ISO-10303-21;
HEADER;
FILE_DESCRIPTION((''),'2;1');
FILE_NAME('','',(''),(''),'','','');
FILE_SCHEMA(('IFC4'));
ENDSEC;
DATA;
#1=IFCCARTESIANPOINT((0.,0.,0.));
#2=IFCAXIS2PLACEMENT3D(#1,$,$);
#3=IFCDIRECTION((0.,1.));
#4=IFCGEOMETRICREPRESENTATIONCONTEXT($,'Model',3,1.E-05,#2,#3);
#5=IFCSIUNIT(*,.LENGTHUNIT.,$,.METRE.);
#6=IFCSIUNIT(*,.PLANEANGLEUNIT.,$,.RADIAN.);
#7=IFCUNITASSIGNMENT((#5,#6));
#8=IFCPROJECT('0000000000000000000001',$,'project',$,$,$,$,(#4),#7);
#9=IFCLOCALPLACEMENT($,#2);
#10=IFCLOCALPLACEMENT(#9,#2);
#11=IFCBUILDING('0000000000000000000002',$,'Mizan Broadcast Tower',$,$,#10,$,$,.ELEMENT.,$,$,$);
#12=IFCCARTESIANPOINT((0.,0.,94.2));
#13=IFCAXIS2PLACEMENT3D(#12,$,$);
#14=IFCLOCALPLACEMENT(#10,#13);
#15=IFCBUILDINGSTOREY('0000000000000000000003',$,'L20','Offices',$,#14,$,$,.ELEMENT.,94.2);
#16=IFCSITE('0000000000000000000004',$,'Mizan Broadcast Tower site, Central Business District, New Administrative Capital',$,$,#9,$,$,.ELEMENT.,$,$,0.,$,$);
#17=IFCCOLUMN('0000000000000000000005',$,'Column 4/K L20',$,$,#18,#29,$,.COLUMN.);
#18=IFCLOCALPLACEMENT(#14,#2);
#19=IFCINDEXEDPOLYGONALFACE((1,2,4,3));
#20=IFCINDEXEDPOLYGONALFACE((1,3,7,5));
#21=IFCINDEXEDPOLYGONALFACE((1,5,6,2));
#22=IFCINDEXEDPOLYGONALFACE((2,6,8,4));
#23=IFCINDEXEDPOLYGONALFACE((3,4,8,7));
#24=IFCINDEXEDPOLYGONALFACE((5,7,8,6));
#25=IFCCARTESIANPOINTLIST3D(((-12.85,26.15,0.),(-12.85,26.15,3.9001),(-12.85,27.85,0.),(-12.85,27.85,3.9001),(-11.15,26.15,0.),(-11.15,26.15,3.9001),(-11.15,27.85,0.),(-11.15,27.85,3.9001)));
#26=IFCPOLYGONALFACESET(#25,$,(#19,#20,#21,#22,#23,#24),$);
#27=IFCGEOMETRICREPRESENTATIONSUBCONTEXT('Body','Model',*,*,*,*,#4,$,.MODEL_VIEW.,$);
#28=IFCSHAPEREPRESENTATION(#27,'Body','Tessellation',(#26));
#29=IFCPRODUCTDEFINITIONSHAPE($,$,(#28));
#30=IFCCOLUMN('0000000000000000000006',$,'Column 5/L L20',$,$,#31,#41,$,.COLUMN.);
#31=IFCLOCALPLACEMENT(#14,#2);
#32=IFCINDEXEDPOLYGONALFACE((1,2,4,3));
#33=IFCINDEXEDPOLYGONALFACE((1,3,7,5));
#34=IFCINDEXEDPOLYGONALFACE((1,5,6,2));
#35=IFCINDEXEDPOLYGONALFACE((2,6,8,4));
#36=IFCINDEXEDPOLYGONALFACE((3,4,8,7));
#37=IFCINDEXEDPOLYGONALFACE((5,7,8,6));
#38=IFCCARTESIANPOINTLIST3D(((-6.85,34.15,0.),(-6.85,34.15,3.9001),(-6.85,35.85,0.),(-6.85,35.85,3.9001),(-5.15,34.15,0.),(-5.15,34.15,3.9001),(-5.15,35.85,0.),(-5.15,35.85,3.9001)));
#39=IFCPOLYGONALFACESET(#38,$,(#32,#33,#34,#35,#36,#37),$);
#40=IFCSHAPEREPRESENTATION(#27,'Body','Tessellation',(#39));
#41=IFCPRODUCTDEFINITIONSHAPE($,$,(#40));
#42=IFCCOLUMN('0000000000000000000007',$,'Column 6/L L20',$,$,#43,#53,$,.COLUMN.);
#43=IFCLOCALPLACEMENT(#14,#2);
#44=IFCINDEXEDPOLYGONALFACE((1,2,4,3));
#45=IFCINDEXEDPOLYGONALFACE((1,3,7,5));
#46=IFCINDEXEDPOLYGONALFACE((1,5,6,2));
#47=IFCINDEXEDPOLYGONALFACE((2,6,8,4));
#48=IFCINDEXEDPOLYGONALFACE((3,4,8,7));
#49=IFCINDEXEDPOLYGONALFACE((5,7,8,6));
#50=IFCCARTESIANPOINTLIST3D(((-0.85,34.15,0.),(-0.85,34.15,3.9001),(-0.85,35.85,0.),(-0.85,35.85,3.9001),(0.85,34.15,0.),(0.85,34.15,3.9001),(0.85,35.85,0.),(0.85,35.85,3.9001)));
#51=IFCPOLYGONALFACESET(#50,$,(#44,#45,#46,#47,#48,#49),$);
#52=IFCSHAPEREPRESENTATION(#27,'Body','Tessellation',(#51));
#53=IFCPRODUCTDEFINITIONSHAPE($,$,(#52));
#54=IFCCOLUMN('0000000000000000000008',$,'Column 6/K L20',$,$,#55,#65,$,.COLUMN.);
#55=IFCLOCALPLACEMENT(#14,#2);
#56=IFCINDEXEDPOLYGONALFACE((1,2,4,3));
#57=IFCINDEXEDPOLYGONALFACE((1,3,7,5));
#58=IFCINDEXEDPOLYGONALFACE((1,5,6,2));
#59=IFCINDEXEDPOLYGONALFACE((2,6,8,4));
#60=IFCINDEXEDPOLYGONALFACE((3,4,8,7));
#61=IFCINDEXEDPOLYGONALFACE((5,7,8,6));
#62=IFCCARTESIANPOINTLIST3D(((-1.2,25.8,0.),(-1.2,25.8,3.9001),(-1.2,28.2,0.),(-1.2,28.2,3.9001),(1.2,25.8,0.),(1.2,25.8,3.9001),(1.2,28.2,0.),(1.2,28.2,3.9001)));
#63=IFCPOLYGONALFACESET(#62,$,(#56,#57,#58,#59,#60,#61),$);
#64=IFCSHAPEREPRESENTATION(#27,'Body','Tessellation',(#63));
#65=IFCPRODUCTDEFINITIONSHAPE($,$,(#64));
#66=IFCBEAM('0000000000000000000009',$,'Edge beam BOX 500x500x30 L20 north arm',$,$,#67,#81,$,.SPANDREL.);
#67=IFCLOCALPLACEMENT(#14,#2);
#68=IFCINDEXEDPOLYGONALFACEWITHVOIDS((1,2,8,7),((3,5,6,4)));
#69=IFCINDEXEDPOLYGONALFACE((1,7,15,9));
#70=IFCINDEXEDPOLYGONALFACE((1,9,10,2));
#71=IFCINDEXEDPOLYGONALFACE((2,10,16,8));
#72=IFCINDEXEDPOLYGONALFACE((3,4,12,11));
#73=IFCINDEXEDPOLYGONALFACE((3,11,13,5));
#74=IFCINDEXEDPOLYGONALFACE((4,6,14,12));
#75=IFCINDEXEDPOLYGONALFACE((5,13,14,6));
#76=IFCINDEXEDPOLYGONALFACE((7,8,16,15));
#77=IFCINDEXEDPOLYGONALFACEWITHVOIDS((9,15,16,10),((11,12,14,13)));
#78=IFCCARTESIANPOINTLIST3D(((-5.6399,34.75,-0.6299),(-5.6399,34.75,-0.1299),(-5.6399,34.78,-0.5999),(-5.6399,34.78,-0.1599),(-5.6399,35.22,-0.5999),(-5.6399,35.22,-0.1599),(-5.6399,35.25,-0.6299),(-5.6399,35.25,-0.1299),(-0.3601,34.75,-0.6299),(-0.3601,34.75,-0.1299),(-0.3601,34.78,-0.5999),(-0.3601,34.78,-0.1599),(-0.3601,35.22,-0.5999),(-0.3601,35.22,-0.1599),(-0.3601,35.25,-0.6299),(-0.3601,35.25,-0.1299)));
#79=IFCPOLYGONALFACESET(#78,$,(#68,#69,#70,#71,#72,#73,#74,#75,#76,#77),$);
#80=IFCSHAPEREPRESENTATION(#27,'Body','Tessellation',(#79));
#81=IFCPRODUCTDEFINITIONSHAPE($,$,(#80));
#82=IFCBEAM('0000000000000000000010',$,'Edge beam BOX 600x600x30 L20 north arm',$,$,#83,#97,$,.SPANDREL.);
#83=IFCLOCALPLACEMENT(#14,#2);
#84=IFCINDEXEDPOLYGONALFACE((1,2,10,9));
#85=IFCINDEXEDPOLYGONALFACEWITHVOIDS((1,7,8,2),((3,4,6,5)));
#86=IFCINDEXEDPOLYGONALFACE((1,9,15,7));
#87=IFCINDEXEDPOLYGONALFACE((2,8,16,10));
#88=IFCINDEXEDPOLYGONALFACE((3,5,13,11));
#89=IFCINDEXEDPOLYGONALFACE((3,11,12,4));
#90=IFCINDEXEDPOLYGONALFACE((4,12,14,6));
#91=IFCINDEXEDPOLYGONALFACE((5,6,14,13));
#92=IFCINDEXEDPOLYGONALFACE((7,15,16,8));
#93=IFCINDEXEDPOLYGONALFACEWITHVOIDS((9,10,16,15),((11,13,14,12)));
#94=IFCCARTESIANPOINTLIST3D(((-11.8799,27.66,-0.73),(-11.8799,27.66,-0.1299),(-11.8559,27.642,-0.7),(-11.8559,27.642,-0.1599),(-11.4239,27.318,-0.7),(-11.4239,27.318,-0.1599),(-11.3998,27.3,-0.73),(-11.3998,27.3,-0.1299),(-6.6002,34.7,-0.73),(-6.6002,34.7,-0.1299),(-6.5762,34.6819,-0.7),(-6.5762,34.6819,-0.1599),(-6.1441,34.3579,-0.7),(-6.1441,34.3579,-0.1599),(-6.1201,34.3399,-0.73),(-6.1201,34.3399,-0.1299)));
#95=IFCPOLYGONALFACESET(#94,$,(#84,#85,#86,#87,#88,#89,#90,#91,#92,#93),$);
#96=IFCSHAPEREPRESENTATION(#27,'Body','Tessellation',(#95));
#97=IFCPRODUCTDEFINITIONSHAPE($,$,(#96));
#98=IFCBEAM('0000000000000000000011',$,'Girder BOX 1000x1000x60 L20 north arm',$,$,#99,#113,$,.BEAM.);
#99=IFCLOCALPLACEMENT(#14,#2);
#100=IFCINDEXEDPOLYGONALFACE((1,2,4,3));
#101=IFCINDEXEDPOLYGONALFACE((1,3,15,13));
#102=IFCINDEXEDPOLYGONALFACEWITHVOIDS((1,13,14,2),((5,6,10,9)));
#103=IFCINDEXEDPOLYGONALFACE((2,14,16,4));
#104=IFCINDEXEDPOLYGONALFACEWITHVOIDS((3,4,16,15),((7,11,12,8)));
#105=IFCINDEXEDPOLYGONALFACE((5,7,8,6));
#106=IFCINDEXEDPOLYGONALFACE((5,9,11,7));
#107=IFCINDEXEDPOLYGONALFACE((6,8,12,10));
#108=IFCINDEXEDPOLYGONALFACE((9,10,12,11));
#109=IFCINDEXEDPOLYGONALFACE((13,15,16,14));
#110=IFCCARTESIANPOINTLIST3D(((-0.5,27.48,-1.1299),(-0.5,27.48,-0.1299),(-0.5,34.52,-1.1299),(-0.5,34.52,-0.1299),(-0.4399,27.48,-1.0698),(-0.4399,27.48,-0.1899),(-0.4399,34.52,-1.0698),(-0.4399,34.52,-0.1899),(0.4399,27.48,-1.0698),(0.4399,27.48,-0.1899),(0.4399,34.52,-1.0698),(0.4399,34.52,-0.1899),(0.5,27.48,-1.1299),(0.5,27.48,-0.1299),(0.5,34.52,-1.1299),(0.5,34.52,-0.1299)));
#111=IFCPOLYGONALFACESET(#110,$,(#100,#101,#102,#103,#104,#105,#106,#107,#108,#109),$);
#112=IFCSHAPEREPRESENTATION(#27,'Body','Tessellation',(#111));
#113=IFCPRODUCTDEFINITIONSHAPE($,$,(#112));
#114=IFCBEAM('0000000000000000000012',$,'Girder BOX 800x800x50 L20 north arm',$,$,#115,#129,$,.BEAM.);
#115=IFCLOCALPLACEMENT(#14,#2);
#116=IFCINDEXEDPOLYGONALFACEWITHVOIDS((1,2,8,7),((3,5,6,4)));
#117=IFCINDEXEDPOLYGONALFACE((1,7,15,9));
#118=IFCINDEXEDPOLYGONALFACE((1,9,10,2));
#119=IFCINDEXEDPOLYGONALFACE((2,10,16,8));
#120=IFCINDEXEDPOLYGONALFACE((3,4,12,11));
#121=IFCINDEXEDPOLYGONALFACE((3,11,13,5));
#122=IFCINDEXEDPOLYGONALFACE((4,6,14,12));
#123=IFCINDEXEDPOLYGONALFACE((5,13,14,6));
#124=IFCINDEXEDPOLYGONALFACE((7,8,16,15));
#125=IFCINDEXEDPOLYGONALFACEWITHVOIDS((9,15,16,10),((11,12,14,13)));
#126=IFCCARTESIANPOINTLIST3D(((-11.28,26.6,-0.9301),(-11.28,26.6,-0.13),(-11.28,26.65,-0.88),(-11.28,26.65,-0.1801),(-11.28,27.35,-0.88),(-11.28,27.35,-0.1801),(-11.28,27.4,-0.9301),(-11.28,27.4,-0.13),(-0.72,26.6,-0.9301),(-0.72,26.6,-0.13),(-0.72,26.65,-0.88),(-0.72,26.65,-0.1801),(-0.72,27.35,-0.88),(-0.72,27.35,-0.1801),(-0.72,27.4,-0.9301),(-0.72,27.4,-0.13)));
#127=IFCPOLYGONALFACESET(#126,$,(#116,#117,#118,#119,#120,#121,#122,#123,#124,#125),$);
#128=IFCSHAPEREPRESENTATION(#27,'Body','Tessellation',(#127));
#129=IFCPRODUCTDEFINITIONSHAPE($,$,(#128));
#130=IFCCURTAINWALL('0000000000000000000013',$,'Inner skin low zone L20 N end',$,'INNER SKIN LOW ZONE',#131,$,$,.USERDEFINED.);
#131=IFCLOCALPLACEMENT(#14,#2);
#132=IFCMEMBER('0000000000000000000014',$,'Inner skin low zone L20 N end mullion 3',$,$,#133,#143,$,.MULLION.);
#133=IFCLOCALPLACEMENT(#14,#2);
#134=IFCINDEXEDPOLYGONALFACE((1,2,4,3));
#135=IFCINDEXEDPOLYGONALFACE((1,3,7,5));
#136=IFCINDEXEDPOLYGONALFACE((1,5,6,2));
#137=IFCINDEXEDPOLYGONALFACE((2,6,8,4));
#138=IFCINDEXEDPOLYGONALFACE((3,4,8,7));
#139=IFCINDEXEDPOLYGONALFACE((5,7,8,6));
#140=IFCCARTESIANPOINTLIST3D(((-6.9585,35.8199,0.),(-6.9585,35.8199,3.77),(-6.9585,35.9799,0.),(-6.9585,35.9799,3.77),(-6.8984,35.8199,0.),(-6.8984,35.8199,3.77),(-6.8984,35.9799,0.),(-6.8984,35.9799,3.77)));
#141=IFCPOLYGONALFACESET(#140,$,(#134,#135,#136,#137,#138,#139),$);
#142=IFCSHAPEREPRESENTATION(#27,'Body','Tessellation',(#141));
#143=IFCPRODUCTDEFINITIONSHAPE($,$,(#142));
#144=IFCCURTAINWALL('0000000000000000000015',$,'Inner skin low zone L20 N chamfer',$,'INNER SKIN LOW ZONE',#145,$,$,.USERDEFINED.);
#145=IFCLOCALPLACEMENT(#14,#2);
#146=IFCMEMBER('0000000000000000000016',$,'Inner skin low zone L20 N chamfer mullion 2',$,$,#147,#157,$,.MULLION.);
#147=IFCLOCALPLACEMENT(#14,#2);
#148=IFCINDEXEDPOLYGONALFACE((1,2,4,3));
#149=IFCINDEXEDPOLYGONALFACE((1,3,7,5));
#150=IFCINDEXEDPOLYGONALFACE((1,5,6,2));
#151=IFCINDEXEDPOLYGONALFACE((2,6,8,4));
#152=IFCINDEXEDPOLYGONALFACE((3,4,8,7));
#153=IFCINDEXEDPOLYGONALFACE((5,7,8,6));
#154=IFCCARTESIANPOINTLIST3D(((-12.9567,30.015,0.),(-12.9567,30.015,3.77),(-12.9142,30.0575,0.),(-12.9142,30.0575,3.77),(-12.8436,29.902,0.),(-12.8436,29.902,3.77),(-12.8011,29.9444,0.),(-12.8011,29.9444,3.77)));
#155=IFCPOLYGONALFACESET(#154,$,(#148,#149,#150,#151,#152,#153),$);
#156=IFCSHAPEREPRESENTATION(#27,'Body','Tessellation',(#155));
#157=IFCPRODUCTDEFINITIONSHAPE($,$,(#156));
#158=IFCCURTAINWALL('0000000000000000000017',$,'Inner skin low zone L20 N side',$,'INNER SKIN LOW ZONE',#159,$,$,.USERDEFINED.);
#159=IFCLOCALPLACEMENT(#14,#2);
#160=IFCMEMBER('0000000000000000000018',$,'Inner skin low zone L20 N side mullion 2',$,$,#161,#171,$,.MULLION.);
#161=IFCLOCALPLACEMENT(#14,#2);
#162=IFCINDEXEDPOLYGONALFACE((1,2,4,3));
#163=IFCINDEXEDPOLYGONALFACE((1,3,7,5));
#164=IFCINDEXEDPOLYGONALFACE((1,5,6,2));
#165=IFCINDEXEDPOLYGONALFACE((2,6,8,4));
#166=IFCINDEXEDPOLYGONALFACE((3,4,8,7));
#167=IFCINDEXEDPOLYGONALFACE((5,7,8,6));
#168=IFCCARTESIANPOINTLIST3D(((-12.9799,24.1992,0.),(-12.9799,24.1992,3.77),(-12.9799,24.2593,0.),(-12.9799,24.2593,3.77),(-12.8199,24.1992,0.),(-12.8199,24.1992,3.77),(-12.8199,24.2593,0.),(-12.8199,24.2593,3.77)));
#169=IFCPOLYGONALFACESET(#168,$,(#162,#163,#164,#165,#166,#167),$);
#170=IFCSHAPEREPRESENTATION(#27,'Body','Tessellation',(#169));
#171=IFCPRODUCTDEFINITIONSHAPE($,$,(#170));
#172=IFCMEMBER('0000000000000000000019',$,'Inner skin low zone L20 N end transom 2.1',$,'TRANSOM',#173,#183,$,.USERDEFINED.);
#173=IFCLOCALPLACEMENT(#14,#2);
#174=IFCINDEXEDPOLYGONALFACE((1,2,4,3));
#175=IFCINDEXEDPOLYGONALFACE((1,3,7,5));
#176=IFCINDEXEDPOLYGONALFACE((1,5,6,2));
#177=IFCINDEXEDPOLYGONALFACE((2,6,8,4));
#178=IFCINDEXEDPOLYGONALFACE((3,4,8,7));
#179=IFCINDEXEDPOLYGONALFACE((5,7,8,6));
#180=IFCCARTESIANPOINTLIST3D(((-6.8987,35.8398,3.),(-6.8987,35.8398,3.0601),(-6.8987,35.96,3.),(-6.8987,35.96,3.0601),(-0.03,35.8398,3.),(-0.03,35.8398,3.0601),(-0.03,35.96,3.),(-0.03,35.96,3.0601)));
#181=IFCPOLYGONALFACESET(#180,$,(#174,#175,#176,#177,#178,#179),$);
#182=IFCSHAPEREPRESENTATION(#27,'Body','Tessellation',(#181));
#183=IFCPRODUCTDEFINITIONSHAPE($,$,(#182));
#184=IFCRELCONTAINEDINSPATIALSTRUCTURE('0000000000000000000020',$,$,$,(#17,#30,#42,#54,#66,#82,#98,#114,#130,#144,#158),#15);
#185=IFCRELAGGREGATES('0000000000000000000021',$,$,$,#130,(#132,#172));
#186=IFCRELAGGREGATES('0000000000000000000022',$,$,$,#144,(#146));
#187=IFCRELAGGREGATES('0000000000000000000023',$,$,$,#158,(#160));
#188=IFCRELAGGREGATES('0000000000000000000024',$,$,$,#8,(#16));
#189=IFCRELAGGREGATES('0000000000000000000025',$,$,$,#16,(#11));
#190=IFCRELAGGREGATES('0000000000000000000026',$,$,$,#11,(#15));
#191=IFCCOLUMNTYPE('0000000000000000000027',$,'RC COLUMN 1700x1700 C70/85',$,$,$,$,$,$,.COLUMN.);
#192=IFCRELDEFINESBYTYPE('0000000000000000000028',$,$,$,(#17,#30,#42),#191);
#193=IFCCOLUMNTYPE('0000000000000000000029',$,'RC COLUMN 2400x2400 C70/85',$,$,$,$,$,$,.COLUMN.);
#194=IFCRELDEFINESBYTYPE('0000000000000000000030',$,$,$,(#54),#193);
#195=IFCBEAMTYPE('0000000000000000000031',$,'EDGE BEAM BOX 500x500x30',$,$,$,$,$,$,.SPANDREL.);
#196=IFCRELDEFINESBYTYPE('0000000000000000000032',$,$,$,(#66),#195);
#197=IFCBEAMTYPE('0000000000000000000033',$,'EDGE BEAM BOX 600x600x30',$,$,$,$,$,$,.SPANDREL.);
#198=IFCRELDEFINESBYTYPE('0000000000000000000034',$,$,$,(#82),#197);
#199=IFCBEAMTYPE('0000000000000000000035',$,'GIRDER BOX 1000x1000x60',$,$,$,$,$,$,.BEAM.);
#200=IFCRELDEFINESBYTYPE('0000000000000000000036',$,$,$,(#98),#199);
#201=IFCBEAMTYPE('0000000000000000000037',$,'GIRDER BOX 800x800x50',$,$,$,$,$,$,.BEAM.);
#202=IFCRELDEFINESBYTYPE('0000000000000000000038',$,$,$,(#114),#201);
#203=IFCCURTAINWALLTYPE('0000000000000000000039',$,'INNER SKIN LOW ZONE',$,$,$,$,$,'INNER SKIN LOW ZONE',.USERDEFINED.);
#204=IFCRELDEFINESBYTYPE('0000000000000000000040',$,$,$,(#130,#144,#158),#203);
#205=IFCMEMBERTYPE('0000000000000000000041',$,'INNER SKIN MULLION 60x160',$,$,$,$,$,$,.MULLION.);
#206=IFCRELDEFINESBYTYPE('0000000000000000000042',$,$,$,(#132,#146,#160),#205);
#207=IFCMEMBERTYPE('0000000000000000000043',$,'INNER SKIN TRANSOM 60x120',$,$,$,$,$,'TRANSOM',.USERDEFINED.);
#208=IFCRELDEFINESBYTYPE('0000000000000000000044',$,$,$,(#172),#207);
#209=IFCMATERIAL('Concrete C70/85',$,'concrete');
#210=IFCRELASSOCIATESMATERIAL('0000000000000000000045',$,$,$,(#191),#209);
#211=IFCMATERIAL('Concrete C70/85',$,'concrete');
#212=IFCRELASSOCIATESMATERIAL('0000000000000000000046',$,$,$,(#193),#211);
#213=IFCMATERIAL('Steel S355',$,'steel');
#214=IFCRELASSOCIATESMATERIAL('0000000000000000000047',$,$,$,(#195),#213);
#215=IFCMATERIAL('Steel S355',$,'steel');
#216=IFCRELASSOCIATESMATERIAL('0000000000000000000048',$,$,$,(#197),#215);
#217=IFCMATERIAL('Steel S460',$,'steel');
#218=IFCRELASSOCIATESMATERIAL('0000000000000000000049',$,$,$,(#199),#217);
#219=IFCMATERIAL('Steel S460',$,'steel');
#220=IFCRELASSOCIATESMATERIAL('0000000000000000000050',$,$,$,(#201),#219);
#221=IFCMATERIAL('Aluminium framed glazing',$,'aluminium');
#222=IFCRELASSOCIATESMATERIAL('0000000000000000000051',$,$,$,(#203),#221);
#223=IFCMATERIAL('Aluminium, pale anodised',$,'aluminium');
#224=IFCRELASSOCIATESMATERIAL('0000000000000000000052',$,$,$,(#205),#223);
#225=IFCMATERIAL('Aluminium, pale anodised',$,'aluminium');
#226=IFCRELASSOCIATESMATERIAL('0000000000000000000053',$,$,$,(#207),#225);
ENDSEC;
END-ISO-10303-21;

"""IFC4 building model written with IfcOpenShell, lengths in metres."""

from ifc_helpers import new_model, si_unit, direction, frame, origin, origin_2d, place, context, subcontext, project, spatial, rectangle, hollow_rectangle, extrude, material, material_profile, profile_set, type_object, element, aggregate, save


model = new_model("IFC4")

# Units and contexts
model_context = context("Model", 3, precision=1e-05, world=origin(), true_north=direction((0.0, 1.0)))
body_context = subcontext(model_context, "Body", "Model", "MODEL_VIEW")
ifc_project = project(units=[si_unit("LENGTHUNIT", "METRE"), si_unit("PLANEANGLEUNIT", "RADIAN")], contexts=[model_context])

# Site, building, storey
site_placement = place(None, origin())
site = spatial("IfcSite", under=ifc_project, at=site_placement, Name="Mizan Broadcast Tower site, Central Business District, New Administrative Capital", CompositionType="ELEMENT", RefElevation=0.0)
building_placement = place(site_placement, origin())
building = spatial("IfcBuilding", under=site, at=building_placement, Name="Mizan Broadcast Tower", CompositionType="ELEMENT")
storey_placement = place(building_placement, frame((0.0, 0.0, 94.2)))
storey = spatial("IfcBuildingStorey", under=building, at=storey_placement, Name="L20", Description="Offices", CompositionType="ELEMENT", Elevation=94.2)

# Columns
ifc_material_1 = material(Name="Concrete C70/85", Category="concrete")
ifc_material_profile_1 = material_profile(ifc_material_1, rectangle(XDim=1.7, YDim=1.7, at=origin_2d()), Name="RC 1700x1700")
ifc_profile_set_1 = profile_set([ifc_material_profile_1], Name="Concrete C70/85")
column_type_1 = type_object("IfcColumnType", Name="RC COLUMN 1700x1700 C70/85", PredefinedType="COLUMN", material=ifc_profile_set_1)
for number, where, z_axis, x_axis, name in (
    (1, (-12.0, 27.0, 0.0), (0.0, 0.0, 1.0), (1.0, 0.0, 0.0), "Column 4/K L20"),
    (2, (-6.0, 35.0, 0.0), (0.0, 0.0, 1.0), (1.0, 0.0, 0.0), "Column 5/L L20"),
    (3, (0.0, 35.0, 0.0), (0.0, 0.0, 1.0), (1.0, 0.0, 0.0), "Column 6/L L20"),
):
    element("IfcColumn", number, at=place(storey_placement, frame(where, z_axis=z_axis, x_axis=x_axis)), inside=storey, type_object=column_type_1, Name=name, PredefinedType="COLUMN", context=body_context, shape_type="SweptSolid", body=[
        extrude(rectangle(XDim=1.7, YDim=1.7, at=origin_2d()), origin(), (0.0, 0.0, 1.0), 3.9001),
    ])
ifc_material_2 = material(Name="Concrete C70/85", Category="concrete")
ifc_material_profile_2 = material_profile(ifc_material_2, rectangle(XDim=2.3999, YDim=2.3999, at=origin_2d()), Name="RC 2400x2400")
ifc_profile_set_2 = profile_set([ifc_material_profile_2], Name="Concrete C70/85")
column_type_2 = type_object("IfcColumnType", Name="RC COLUMN 2400x2400 C70/85", PredefinedType="COLUMN", material=ifc_profile_set_2)
column_placement = place(storey_placement, frame((0.0, 27.0, 0.0), z_axis=(0.0, 0.0, 1.0), x_axis=(1.0, 0.0, 0.0)))
element("IfcColumn", 4, at=column_placement, inside=storey, type_object=column_type_2, Name="Column 6/K L20", PredefinedType="COLUMN", context=body_context, shape_type="SweptSolid", body=[
    extrude(rectangle(XDim=2.3999, YDim=2.3999, at=origin_2d()), origin(), (0.0, 0.0, 1.0), 3.9001),
])

# Beams
ifc_material_3 = material(Name="Steel S355", Category="steel")
ifc_material_profile_3 = material_profile(ifc_material_3, hollow_rectangle(XDim=0.5, YDim=0.5, WallThickness=0.03, at=origin_2d()), Name="BOX 500x500x30")
ifc_profile_set_3 = profile_set([ifc_material_profile_3], Name="Steel S355")
beam_type_1 = type_object("IfcBeamType", Name="EDGE BEAM BOX 500x500x30", PredefinedType="SPANDREL", material=ifc_profile_set_3)
beam_1_placement = place(storey_placement, frame((-5.6399, 35.0, -0.3799), z_axis=(1.0, 0.0, 0.0), x_axis=(0.0, 1.0, 0.0)))
element("IfcBeam", 5, at=beam_1_placement, inside=storey, type_object=beam_type_1, Name="Edge beam BOX 500x500x30 L20 north arm", PredefinedType="SPANDREL", context=body_context, shape_type="SweptSolid", body=[
    extrude(hollow_rectangle(XDim=0.5, YDim=0.5, WallThickness=0.03, at=origin_2d()), origin(), (0.0, 0.0, 1.0), 5.2798),
])
ifc_material_4 = material(Name="Steel S355", Category="steel")
ifc_material_profile_4 = material_profile(ifc_material_4, hollow_rectangle(XDim=0.6001, YDim=0.6001, WallThickness=0.03, at=origin_2d()), Name="BOX 600x600x30")
ifc_profile_set_4 = profile_set([ifc_material_profile_4], Name="Steel S355")
beam_type_2 = type_object("IfcBeamType", Name="EDGE BEAM BOX 600x600x30", PredefinedType="SPANDREL", material=ifc_profile_set_4)
beam_2_placement = place(storey_placement, frame((-11.6399, 27.48, -0.4299), z_axis=(0.599982, 0.800013, 0.0), x_axis=(-0.800013, 0.599982, 0.0)))
element("IfcBeam", 6, at=beam_2_placement, inside=storey, type_object=beam_type_2, Name="Edge beam BOX 600x600x30 L20 north arm", PredefinedType="SPANDREL", context=body_context, shape_type="SweptSolid", body=[
    extrude(hollow_rectangle(XDim=0.6001, YDim=0.6001, WallThickness=0.03, at=origin_2d()), origin(), (0.0, 0.0, 1.0), 8.7998),
])
ifc_material_5 = material(Name="Steel S460", Category="steel")
ifc_material_profile_5 = material_profile(ifc_material_5, hollow_rectangle(XDim=1.0, YDim=1.0, WallThickness=0.0601, at=origin_2d()), Name="BOX 1000x1000x60")
ifc_profile_set_5 = profile_set([ifc_material_profile_5], Name="Steel S460")
beam_type_3 = type_object("IfcBeamType", Name="GIRDER BOX 1000x1000x60", PredefinedType="BEAM", material=ifc_profile_set_5)
beam_3_placement = place(storey_placement, frame((0.0, 27.48, -0.6299), z_axis=(0.0, 1.0, 0.0), x_axis=(-1.0, 0.0, 0.0)))
element("IfcBeam", 7, at=beam_3_placement, inside=storey, type_object=beam_type_3, Name="Girder BOX 1000x1000x60 L20 north arm", PredefinedType="BEAM", context=body_context, shape_type="SweptSolid", body=[
    extrude(hollow_rectangle(XDim=1.0, YDim=1.0, WallThickness=0.0601, at=origin_2d()), origin(), (0.0, 0.0, 1.0), 7.04),
])
ifc_material_6 = material(Name="Steel S460", Category="steel")
ifc_material_profile_6 = material_profile(ifc_material_6, hollow_rectangle(XDim=0.8, YDim=0.8, WallThickness=0.05, at=origin_2d()), Name="BOX 800x800x50")
ifc_profile_set_6 = profile_set([ifc_material_profile_6], Name="Steel S460")
beam_type_4 = type_object("IfcBeamType", Name="GIRDER BOX 800x800x50", PredefinedType="BEAM", material=ifc_profile_set_6)
beam_4_placement = place(storey_placement, frame((-11.28, 27.0, -0.53), z_axis=(1.0, 0.0, 0.0), x_axis=(0.0, 1.0, 0.0)))
element("IfcBeam", 8, at=beam_4_placement, inside=storey, type_object=beam_type_4, Name="Girder BOX 800x800x50 L20 north arm", PredefinedType="BEAM", context=body_context, shape_type="SweptSolid", body=[
    extrude(hollow_rectangle(XDim=0.8, YDim=0.8, WallThickness=0.05, at=origin_2d()), origin(), (0.0, 0.0, 1.0), 10.5601),
])

# Curtain walls, members
ifc_material_7 = material(Name="Aluminium framed glazing", Category="aluminium")
curtain_wall_type_1 = type_object("IfcCurtainWallType", Name="INNER SKIN LOW ZONE", ElementType="INNER SKIN LOW ZONE", PredefinedType="USERDEFINED", material=ifc_material_7)
curtain_wall_1_placement = place(storey_placement, origin())
curtain_wall_1 = element("IfcCurtainWall", 9, at=curtain_wall_1_placement, inside=storey, type_object=curtain_wall_type_1, Name="Inner skin low zone L20 N end", ObjectType="INNER SKIN LOW ZONE", PredefinedType="USERDEFINED")
ifc_material_8 = material(Name="Aluminium, pale anodised", Category="aluminium")
ifc_material_profile_7 = material_profile(ifc_material_8, rectangle(XDim=0.1599, YDim=0.0601, at=origin_2d()), Name="MULLION 160x60")
ifc_profile_set_7 = profile_set([ifc_material_profile_7], Name="Aluminium, pale anodised")
member_type_1 = type_object("IfcMemberType", Name="INNER SKIN MULLION 60x160", PredefinedType="MULLION", material=ifc_profile_set_7)
member_1_placement = place(storey_placement, frame((-6.9285, 35.8999, 0.0), z_axis=(0.0, 0.0, 1.0), x_axis=(0.0, -1.0, 0.0)))
member_1 = element("IfcMember", 10, at=member_1_placement, type_object=member_type_1, Name="Inner skin low zone L20 N end mullion 3", PredefinedType="MULLION", context=body_context, shape_type="SweptSolid", body=[
    extrude(rectangle(XDim=0.1599, YDim=0.0601, at=origin_2d()), origin(), (0.0, 0.0, 1.0), 3.77),
])
curtain_wall_2_placement = place(storey_placement, origin())
curtain_wall_2 = element("IfcCurtainWall", 11, at=curtain_wall_2_placement, inside=storey, type_object=curtain_wall_type_1, Name="Inner skin low zone L20 N chamfer", ObjectType="INNER SKIN LOW ZONE", PredefinedType="USERDEFINED")
member_2_placement = place(storey_placement, frame((-12.8789, 29.9797, 0.0), z_axis=(0.0, 0.0, 1.0), x_axis=(0.707107, -0.707107, 0.0)))
member_2 = element("IfcMember", 12, at=member_2_placement, type_object=member_type_1, Name="Inner skin low zone L20 N chamfer mullion 2", PredefinedType="MULLION", context=body_context, shape_type="SweptSolid", body=[
    extrude(rectangle(XDim=0.1599, YDim=0.0601, at=origin_2d()), origin(), (0.0, 0.0, 1.0), 3.77),
])
curtain_wall_3_placement = place(storey_placement, origin())
curtain_wall_3 = element("IfcCurtainWall", 13, at=curtain_wall_3_placement, inside=storey, type_object=curtain_wall_type_1, Name="Inner skin low zone L20 N side", ObjectType="INNER SKIN LOW ZONE", PredefinedType="USERDEFINED")
member_3_placement = place(storey_placement, frame((-12.8999, 24.2292, 0.0), z_axis=(0.0, 0.0, 1.0), x_axis=(1.0, 0.0, 0.0)))
member_3 = element("IfcMember", 14, at=member_3_placement, type_object=member_type_1, Name="Inner skin low zone L20 N side mullion 2", PredefinedType="MULLION", context=body_context, shape_type="SweptSolid", body=[
    extrude(rectangle(XDim=0.1599, YDim=0.0601, at=origin_2d()), origin(), (0.0, 0.0, 1.0), 3.77),
])

# Member
ifc_material_9 = material(Name="Aluminium, pale anodised", Category="aluminium")
ifc_material_profile_8 = material_profile(ifc_material_9, rectangle(XDim=0.1201, YDim=0.0601, at=origin_2d()), Name="TRANSOM 120x60")
ifc_profile_set_8 = profile_set([ifc_material_profile_8], Name="Aluminium, pale anodised")
member_type_2 = type_object("IfcMemberType", Name="INNER SKIN TRANSOM 60x120", ElementType="TRANSOM", PredefinedType="USERDEFINED", material=ifc_profile_set_8)
member_4_placement = place(storey_placement, frame((-0.03, 35.8999, 3.03), z_axis=(-1.0, 0.0, 0.0), x_axis=(0.0, -1.0, 0.0)))
member_4 = element("IfcMember", 15, at=member_4_placement, type_object=member_type_2, Name="Inner skin low zone L20 N end transom 2.1", ObjectType="TRANSOM", PredefinedType="USERDEFINED", context=body_context, shape_type="SweptSolid", body=[
    extrude(rectangle(XDim=0.1201, YDim=0.0601, at=origin_2d()), origin(), (0.0, 0.0, 1.0), 6.8687),
])

aggregate(curtain_wall_1, [member_1, member_4])
aggregate(curtain_wall_2, [member_2])
aggregate(curtain_wall_3, [member_3])

save(model, "model.ifc")
